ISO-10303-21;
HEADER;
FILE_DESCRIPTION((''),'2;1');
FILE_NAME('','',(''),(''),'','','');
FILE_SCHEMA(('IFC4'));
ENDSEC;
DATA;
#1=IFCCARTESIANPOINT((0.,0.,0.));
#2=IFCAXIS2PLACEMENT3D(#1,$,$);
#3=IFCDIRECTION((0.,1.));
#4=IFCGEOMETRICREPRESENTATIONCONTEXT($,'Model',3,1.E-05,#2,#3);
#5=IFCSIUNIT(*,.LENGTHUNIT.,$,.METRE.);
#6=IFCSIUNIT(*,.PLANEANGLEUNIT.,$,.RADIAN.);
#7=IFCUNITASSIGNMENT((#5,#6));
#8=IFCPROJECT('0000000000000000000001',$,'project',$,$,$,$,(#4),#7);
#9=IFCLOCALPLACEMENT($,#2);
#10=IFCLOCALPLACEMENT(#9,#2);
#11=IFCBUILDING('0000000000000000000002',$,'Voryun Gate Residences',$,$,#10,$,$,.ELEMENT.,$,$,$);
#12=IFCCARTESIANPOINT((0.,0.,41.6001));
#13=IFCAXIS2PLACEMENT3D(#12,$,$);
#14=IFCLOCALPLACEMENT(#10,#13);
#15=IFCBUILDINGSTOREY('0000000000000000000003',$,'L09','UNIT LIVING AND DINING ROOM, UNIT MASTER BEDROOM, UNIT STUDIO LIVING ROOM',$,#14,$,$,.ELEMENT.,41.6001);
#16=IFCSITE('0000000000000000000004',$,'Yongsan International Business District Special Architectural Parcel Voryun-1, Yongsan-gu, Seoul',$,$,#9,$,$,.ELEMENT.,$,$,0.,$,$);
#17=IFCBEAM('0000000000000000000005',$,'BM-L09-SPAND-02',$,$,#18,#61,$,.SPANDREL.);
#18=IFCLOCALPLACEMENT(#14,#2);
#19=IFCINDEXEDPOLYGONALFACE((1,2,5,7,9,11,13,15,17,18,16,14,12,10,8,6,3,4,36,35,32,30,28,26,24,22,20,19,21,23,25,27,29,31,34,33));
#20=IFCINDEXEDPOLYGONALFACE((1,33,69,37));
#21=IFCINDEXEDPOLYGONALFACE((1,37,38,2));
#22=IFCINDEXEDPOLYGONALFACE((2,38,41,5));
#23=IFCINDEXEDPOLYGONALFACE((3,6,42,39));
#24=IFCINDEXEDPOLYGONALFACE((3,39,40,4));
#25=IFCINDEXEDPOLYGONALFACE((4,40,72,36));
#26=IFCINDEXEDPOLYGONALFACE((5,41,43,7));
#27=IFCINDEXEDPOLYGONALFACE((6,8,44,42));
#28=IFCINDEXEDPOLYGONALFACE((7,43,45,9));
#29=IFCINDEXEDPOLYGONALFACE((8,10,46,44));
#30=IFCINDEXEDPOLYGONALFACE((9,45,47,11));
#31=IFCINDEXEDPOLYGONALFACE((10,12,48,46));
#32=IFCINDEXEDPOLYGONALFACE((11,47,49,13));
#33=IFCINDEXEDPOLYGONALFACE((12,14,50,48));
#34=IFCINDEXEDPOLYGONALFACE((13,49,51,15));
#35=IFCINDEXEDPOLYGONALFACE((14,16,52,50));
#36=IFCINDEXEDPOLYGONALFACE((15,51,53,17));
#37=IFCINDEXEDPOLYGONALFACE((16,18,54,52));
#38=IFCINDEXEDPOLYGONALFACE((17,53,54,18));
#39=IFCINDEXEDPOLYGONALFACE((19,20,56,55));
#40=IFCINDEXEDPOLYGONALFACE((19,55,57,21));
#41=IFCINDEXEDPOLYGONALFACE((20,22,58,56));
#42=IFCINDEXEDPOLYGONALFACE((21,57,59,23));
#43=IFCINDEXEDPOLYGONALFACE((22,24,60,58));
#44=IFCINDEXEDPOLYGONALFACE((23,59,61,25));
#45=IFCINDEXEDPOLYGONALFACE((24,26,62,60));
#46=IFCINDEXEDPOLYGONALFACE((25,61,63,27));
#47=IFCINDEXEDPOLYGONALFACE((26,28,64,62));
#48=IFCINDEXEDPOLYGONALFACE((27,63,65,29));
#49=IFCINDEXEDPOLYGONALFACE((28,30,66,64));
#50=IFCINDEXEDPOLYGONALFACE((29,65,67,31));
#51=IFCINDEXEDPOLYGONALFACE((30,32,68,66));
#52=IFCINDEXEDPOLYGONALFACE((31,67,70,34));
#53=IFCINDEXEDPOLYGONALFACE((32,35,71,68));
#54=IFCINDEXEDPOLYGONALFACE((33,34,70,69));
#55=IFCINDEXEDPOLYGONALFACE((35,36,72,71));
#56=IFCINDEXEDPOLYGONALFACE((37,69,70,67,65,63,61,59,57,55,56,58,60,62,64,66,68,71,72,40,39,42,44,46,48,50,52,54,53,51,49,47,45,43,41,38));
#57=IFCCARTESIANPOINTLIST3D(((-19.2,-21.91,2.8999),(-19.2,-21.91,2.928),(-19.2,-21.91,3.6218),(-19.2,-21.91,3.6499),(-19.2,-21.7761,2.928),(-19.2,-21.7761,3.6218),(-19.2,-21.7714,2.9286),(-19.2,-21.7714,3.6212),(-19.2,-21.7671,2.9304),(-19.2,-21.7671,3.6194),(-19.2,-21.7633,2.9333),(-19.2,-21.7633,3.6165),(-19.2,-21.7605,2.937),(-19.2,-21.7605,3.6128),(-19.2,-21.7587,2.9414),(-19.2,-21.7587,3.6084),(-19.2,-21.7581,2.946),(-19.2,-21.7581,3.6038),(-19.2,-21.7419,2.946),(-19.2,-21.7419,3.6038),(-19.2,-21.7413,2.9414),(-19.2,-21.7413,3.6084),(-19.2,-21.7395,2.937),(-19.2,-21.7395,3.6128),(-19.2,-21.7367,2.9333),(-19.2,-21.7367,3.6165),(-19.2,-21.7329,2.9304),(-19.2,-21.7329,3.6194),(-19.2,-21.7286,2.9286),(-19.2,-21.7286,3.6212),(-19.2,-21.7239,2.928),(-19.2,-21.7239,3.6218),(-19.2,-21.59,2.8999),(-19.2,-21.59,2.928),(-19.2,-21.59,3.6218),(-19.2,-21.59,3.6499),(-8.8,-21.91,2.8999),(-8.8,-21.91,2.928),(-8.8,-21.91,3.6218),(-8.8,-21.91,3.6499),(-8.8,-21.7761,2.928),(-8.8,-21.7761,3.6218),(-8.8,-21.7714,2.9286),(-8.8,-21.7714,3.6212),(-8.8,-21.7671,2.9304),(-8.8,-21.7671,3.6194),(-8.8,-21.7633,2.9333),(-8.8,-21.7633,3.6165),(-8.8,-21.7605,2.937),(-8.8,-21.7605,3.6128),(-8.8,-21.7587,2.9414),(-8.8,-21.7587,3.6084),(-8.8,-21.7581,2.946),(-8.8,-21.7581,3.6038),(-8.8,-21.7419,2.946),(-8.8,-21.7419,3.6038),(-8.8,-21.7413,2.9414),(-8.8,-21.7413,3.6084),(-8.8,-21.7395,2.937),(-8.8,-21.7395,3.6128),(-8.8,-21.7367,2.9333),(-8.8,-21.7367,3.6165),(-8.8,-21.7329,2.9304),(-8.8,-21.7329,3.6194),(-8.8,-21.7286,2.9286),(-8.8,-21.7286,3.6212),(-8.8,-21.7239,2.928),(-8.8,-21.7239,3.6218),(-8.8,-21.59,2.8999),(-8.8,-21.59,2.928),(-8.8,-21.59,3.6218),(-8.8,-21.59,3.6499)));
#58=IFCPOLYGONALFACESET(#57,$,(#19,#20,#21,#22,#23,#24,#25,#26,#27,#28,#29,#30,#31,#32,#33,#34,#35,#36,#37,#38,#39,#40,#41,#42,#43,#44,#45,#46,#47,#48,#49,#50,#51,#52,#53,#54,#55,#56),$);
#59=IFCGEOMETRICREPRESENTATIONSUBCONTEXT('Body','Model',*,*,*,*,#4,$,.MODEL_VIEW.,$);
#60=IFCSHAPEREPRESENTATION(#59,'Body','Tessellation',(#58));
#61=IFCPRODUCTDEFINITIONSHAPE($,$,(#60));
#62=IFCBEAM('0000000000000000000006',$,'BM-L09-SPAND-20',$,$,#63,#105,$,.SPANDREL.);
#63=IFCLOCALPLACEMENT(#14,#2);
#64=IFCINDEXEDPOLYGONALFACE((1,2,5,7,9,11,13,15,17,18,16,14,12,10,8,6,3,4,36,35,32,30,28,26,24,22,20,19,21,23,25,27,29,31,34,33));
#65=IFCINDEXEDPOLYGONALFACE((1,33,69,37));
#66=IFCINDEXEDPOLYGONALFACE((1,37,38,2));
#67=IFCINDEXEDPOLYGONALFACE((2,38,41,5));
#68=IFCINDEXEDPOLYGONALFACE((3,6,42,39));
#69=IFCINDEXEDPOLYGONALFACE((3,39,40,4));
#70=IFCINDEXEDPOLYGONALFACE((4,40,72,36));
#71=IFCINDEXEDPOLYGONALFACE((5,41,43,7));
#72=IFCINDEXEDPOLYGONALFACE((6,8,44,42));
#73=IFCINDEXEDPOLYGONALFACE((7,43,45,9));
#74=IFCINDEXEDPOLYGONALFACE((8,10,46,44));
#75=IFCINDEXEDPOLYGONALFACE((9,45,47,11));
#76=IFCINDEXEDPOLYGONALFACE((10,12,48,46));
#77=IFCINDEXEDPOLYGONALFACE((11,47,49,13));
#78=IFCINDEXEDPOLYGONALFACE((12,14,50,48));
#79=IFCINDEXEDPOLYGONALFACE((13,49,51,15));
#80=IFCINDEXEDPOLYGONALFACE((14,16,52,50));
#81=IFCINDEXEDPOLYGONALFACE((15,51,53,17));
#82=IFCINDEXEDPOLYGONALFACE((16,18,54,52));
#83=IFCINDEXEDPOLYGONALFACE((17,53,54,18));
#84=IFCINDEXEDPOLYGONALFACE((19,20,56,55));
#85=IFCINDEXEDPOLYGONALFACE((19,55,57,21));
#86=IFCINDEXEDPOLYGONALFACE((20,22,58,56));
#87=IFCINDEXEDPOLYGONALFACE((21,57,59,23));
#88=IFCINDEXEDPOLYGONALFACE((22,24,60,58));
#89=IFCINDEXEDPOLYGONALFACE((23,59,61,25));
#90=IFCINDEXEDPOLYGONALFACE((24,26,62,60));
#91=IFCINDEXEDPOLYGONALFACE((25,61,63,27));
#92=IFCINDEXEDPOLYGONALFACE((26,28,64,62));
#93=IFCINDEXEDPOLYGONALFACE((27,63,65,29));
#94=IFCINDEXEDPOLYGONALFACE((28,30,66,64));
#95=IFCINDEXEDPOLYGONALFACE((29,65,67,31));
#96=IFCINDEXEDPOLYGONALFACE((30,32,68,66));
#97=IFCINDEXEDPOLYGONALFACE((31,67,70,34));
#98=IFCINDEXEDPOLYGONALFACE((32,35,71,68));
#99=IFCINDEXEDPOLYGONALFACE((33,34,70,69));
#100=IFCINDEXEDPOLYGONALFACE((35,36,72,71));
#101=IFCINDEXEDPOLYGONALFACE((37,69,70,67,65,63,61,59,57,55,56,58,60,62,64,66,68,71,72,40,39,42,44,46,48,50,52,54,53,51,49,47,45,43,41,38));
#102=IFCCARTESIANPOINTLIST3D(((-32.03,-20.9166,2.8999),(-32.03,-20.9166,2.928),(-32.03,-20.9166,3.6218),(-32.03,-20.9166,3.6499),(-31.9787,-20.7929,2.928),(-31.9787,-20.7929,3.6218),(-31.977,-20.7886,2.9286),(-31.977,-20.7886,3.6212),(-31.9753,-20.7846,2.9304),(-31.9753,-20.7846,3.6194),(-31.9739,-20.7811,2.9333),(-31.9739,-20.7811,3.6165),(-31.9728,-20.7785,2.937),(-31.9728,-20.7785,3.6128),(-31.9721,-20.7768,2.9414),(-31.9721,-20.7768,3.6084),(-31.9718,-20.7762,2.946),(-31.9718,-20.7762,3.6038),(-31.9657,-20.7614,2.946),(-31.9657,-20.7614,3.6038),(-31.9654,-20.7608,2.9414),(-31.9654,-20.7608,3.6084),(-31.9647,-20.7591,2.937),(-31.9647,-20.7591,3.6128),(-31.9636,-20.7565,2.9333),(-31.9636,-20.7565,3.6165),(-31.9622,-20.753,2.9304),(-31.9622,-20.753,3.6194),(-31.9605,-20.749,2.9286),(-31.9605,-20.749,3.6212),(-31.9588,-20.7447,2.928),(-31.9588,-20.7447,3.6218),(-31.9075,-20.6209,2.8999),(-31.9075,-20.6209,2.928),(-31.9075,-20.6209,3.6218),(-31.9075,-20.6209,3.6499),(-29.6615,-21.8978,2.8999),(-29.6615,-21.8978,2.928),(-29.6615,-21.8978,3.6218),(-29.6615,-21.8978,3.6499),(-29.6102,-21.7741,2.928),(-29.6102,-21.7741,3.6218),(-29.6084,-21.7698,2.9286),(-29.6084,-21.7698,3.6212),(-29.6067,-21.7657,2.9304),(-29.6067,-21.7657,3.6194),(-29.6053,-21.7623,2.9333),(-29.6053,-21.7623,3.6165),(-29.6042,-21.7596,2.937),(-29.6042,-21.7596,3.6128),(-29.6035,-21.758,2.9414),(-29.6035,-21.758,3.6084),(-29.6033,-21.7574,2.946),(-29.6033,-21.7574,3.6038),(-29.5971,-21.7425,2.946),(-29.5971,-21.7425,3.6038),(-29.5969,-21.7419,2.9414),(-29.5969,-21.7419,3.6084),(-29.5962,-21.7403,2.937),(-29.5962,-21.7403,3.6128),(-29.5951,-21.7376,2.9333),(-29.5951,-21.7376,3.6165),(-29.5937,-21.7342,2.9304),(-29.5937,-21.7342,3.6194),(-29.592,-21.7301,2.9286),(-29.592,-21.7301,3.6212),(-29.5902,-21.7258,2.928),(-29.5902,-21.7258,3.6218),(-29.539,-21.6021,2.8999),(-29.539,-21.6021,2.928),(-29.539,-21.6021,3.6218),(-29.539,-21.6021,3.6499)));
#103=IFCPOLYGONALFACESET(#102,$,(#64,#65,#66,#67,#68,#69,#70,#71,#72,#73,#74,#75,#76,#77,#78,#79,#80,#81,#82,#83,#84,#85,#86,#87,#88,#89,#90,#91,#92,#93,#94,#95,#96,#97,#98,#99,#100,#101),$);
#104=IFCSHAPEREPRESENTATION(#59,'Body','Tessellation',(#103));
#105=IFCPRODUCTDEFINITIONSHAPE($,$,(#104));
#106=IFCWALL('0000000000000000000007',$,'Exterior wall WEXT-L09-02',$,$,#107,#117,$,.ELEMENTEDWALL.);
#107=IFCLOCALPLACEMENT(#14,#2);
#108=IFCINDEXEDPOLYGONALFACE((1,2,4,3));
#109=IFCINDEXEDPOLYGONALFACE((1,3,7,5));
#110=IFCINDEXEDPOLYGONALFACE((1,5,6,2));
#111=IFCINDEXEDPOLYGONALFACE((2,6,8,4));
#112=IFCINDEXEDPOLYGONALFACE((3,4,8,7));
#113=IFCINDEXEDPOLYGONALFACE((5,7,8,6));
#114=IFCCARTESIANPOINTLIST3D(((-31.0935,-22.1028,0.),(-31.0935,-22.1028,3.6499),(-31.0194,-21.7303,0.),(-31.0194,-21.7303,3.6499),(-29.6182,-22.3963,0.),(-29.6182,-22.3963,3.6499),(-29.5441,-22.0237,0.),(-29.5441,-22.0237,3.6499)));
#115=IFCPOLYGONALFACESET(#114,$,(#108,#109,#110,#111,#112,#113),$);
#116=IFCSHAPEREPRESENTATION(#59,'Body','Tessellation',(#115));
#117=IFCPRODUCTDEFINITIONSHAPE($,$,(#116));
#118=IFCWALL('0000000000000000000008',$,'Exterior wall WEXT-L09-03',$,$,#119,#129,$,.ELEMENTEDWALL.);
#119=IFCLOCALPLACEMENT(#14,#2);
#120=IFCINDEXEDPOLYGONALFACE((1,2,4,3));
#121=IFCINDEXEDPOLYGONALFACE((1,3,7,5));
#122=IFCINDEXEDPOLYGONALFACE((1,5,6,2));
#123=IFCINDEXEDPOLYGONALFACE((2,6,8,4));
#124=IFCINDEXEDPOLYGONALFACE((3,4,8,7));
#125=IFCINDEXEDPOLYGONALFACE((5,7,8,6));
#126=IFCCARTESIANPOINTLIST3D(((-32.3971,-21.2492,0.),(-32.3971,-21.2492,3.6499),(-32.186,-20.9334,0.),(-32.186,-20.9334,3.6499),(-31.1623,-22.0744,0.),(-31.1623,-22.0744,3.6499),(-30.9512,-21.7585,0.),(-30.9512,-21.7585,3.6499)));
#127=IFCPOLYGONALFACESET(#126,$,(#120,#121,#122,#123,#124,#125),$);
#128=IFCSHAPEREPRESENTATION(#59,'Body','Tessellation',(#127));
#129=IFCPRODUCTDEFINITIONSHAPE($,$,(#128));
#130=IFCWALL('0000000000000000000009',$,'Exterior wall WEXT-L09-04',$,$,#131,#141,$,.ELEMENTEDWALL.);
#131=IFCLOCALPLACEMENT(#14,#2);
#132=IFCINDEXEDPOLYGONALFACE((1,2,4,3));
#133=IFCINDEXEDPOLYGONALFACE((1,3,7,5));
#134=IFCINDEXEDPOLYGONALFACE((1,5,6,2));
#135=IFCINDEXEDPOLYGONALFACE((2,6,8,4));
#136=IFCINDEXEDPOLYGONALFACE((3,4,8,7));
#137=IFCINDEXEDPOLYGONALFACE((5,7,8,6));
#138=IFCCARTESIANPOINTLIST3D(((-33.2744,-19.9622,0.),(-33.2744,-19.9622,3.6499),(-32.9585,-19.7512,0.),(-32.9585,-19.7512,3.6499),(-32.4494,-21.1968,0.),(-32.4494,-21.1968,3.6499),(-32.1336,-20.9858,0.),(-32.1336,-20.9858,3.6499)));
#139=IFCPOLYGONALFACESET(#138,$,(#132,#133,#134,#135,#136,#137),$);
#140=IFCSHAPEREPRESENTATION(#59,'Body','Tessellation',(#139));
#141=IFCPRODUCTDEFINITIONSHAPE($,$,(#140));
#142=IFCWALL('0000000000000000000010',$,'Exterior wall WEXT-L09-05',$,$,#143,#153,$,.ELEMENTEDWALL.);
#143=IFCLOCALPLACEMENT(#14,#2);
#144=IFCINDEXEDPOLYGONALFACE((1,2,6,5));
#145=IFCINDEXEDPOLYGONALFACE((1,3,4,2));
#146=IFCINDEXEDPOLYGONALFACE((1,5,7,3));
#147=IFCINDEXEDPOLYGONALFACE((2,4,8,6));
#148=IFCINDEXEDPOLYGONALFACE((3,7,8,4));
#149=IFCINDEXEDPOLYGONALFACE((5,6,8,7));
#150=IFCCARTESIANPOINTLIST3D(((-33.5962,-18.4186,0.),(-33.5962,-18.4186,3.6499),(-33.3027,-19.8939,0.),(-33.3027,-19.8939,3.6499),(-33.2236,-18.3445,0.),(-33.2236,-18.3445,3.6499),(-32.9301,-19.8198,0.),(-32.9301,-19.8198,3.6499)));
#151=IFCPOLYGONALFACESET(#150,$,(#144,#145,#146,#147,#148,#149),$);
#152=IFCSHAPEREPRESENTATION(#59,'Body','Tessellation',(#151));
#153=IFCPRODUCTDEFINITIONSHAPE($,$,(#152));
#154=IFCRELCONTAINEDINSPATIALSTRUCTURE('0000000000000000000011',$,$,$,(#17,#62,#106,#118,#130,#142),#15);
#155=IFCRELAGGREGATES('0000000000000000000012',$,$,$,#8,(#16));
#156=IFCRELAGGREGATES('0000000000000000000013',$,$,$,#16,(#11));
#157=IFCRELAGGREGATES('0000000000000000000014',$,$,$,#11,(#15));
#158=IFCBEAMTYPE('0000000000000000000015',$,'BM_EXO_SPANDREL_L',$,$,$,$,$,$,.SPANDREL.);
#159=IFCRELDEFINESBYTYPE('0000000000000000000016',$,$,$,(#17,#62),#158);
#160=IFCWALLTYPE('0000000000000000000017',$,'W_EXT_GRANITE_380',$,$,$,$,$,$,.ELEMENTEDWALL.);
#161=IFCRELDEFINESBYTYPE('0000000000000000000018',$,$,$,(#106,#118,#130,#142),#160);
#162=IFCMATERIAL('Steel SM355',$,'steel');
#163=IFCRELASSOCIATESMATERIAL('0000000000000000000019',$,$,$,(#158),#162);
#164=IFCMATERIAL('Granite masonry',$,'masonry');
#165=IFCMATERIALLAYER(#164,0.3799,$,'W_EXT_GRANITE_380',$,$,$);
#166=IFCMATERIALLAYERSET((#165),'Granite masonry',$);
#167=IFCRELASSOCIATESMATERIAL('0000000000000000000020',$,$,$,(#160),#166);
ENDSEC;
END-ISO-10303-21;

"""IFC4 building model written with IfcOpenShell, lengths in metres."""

from ifc_helpers import new_model, si_unit, direction, frame, frame_2d, origin, origin_2d, place, context, subcontext, project, spatial, rectangle, i_section, extrude, material, layer, layer_set, material_profile, profile_set, type_object, element, save


model = new_model("IFC4")

# Units and contexts
model_context = context("Model", 3, precision=1e-05, world=origin(), true_north=direction((0.0, 1.0)))
body_context = subcontext(model_context, "Body", "Model", "MODEL_VIEW")
ifc_project = project(units=[si_unit("LENGTHUNIT", "METRE"), si_unit("PLANEANGLEUNIT", "RADIAN")], contexts=[model_context])

# Site, building, storey
site_placement = place(None, origin())
site = spatial("IfcSite", under=ifc_project, at=site_placement, Name="Yongsan International Business District Special Architectural Parcel Voryun-1, Yongsan-gu, Seoul", CompositionType="ELEMENT", RefElevation=0.0)
building_placement = place(site_placement, origin())
building = spatial("IfcBuilding", under=site, at=building_placement, Name="Voryun Gate Residences", CompositionType="ELEMENT")
storey_placement = place(building_placement, frame((0.0, 0.0, 41.6001)))
storey = spatial("IfcBuildingStorey", under=building, at=storey_placement, Name="L09", Description="UNIT LIVING AND DINING ROOM, UNIT MASTER BEDROOM, UNIT STUDIO LIVING ROOM", CompositionType="ELEMENT", Elevation=41.6001)

# Beams
ifc_material_1 = material(Name="Steel SM355", Category="steel")
ifc_material_profile_1 = material_profile(ifc_material_1, i_section(OverallWidth=0.3201, OverallDepth=0.75, WebThickness=0.0161, FlangeThickness=0.0281, FilletRadius=0.0181, at=origin_2d()), Name="H-750x320x16x28")
ifc_profile_set_1 = profile_set([ifc_material_profile_1], Name="Steel SM355")
beam_type = type_object("IfcBeamType", Name="BM_EXO_SPANDREL_L", PredefinedType="SPANDREL", material=ifc_profile_set_1)
beam_1_placement = place(storey_placement, frame((-19.2, -21.75, 3.2749), z_axis=(1.0, 0.0, 0.0), x_axis=(0.0, 1.0, 0.0)))
element("IfcBeam", 1, at=beam_1_placement, inside=storey, type_object=beam_type, Name="BM-L09-SPAND-02", PredefinedType="SPANDREL", context=body_context, shape_type="SweptSolid", body=[
    extrude(i_section(OverallWidth=0.3201, OverallDepth=0.75, WebThickness=0.0161, FlangeThickness=0.0281, FilletRadius=0.0181, at=origin_2d()), origin(), (0.0, 0.0, 1.0), 10.3999),
])
beam_2_placement = place(storey_placement, frame((-31.9688, -20.7688, 3.2749), z_axis=(0.923869, -0.382708, 0.0), x_axis=(0.382708, 0.923869, 0.0)))
element("IfcBeam", 2, at=beam_2_placement, inside=storey, type_object=beam_type, Name="BM-L09-SPAND-20", PredefinedType="SPANDREL", context=body_context, shape_type="SweptSolid", body=[
    extrude(i_section(OverallWidth=0.3201, OverallDepth=0.75, WebThickness=0.0161, FlangeThickness=0.0281, FilletRadius=0.0181, at=origin_2d()), origin(), (0.0, 0.0, 1.0), 2.5637),
])

# Walls
ifc_material_2 = material(Name="Granite masonry", Category="masonry")
ifc_layer_1 = layer(ifc_material_2, 0.3799, Name="W_EXT_GRANITE_380")
ifc_layer_set_1 = layer_set([ifc_layer_1], Name="Granite masonry")
wall_type_1 = type_object("IfcWallType", Name="W_EXT_GRANITE_380", PredefinedType="ELEMENTEDWALL", material=ifc_layer_set_1)
wall_1_placement = place(storey_placement, frame((-29.5813, -22.21, 0.0), z_axis=(0.0, 0.0, 1.0), x_axis=(-0.980786, 0.195086, 0.0)))
element("IfcWall", 3, at=wall_1_placement, inside=storey, type_object=wall_type_1, Name="Exterior wall WEXT-L09-02", PredefinedType="ELEMENTEDWALL", context=body_context, shape_type="SweptSolid", body=[
    extrude(rectangle(XDim=1.5042, YDim=0.3799, at=frame_2d((0.752, 0.0))), origin(), (0.0, 0.0, 1.0), 3.6499),
])
wall_2_placement = place(storey_placement, frame((-31.0566, -21.9165, 0.0), z_axis=(0.0, 0.0, 1.0), x_axis=(-0.831443, 0.55561, 0.0)))
element("IfcWall", 4, at=wall_2_placement, inside=storey, type_object=wall_type_1, Name="Exterior wall WEXT-L09-03", PredefinedType="ELEMENTEDWALL", context=body_context, shape_type="SweptSolid", body=[
    extrude(rectangle(XDim=1.4851, YDim=0.3799, at=frame_2d((0.7427, 0.0))), origin(), (0.0, 0.0, 1.0), 3.6499),
])
wall_3_placement = place(storey_placement, frame((-32.2915, -21.0913, 0.0), z_axis=(0.0, 0.0, 1.0), x_axis=(-0.555573, 0.831468, 0.0)))
element("IfcWall", 5, at=wall_3_placement, inside=storey, type_object=wall_type_1, Name="Exterior wall WEXT-L09-04", PredefinedType="ELEMENTEDWALL", context=body_context, shape_type="SweptSolid", body=[
    extrude(rectangle(XDim=1.4849, YDim=0.3799, at=frame_2d((0.7424, 0.0))), origin(), (0.0, 0.0, 1.0), 3.6499),
])
wall_4_placement = place(storey_placement, frame((-33.1165, -19.8567, 0.0), z_axis=(0.0, 0.0, 1.0), x_axis=(-0.195086, 0.980786, 0.0)))
element("IfcWall", 6, at=wall_4_placement, inside=storey, type_object=wall_type_1, Name="Exterior wall WEXT-L09-05", PredefinedType="ELEMENTEDWALL", context=body_context, shape_type="SweptSolid", body=[
    extrude(rectangle(XDim=1.5042, YDim=0.3799, at=frame_2d((0.752, 0.0))), origin(), (0.0, 0.0, 1.0), 3.6499),
])

save(model, "model.ifc")
